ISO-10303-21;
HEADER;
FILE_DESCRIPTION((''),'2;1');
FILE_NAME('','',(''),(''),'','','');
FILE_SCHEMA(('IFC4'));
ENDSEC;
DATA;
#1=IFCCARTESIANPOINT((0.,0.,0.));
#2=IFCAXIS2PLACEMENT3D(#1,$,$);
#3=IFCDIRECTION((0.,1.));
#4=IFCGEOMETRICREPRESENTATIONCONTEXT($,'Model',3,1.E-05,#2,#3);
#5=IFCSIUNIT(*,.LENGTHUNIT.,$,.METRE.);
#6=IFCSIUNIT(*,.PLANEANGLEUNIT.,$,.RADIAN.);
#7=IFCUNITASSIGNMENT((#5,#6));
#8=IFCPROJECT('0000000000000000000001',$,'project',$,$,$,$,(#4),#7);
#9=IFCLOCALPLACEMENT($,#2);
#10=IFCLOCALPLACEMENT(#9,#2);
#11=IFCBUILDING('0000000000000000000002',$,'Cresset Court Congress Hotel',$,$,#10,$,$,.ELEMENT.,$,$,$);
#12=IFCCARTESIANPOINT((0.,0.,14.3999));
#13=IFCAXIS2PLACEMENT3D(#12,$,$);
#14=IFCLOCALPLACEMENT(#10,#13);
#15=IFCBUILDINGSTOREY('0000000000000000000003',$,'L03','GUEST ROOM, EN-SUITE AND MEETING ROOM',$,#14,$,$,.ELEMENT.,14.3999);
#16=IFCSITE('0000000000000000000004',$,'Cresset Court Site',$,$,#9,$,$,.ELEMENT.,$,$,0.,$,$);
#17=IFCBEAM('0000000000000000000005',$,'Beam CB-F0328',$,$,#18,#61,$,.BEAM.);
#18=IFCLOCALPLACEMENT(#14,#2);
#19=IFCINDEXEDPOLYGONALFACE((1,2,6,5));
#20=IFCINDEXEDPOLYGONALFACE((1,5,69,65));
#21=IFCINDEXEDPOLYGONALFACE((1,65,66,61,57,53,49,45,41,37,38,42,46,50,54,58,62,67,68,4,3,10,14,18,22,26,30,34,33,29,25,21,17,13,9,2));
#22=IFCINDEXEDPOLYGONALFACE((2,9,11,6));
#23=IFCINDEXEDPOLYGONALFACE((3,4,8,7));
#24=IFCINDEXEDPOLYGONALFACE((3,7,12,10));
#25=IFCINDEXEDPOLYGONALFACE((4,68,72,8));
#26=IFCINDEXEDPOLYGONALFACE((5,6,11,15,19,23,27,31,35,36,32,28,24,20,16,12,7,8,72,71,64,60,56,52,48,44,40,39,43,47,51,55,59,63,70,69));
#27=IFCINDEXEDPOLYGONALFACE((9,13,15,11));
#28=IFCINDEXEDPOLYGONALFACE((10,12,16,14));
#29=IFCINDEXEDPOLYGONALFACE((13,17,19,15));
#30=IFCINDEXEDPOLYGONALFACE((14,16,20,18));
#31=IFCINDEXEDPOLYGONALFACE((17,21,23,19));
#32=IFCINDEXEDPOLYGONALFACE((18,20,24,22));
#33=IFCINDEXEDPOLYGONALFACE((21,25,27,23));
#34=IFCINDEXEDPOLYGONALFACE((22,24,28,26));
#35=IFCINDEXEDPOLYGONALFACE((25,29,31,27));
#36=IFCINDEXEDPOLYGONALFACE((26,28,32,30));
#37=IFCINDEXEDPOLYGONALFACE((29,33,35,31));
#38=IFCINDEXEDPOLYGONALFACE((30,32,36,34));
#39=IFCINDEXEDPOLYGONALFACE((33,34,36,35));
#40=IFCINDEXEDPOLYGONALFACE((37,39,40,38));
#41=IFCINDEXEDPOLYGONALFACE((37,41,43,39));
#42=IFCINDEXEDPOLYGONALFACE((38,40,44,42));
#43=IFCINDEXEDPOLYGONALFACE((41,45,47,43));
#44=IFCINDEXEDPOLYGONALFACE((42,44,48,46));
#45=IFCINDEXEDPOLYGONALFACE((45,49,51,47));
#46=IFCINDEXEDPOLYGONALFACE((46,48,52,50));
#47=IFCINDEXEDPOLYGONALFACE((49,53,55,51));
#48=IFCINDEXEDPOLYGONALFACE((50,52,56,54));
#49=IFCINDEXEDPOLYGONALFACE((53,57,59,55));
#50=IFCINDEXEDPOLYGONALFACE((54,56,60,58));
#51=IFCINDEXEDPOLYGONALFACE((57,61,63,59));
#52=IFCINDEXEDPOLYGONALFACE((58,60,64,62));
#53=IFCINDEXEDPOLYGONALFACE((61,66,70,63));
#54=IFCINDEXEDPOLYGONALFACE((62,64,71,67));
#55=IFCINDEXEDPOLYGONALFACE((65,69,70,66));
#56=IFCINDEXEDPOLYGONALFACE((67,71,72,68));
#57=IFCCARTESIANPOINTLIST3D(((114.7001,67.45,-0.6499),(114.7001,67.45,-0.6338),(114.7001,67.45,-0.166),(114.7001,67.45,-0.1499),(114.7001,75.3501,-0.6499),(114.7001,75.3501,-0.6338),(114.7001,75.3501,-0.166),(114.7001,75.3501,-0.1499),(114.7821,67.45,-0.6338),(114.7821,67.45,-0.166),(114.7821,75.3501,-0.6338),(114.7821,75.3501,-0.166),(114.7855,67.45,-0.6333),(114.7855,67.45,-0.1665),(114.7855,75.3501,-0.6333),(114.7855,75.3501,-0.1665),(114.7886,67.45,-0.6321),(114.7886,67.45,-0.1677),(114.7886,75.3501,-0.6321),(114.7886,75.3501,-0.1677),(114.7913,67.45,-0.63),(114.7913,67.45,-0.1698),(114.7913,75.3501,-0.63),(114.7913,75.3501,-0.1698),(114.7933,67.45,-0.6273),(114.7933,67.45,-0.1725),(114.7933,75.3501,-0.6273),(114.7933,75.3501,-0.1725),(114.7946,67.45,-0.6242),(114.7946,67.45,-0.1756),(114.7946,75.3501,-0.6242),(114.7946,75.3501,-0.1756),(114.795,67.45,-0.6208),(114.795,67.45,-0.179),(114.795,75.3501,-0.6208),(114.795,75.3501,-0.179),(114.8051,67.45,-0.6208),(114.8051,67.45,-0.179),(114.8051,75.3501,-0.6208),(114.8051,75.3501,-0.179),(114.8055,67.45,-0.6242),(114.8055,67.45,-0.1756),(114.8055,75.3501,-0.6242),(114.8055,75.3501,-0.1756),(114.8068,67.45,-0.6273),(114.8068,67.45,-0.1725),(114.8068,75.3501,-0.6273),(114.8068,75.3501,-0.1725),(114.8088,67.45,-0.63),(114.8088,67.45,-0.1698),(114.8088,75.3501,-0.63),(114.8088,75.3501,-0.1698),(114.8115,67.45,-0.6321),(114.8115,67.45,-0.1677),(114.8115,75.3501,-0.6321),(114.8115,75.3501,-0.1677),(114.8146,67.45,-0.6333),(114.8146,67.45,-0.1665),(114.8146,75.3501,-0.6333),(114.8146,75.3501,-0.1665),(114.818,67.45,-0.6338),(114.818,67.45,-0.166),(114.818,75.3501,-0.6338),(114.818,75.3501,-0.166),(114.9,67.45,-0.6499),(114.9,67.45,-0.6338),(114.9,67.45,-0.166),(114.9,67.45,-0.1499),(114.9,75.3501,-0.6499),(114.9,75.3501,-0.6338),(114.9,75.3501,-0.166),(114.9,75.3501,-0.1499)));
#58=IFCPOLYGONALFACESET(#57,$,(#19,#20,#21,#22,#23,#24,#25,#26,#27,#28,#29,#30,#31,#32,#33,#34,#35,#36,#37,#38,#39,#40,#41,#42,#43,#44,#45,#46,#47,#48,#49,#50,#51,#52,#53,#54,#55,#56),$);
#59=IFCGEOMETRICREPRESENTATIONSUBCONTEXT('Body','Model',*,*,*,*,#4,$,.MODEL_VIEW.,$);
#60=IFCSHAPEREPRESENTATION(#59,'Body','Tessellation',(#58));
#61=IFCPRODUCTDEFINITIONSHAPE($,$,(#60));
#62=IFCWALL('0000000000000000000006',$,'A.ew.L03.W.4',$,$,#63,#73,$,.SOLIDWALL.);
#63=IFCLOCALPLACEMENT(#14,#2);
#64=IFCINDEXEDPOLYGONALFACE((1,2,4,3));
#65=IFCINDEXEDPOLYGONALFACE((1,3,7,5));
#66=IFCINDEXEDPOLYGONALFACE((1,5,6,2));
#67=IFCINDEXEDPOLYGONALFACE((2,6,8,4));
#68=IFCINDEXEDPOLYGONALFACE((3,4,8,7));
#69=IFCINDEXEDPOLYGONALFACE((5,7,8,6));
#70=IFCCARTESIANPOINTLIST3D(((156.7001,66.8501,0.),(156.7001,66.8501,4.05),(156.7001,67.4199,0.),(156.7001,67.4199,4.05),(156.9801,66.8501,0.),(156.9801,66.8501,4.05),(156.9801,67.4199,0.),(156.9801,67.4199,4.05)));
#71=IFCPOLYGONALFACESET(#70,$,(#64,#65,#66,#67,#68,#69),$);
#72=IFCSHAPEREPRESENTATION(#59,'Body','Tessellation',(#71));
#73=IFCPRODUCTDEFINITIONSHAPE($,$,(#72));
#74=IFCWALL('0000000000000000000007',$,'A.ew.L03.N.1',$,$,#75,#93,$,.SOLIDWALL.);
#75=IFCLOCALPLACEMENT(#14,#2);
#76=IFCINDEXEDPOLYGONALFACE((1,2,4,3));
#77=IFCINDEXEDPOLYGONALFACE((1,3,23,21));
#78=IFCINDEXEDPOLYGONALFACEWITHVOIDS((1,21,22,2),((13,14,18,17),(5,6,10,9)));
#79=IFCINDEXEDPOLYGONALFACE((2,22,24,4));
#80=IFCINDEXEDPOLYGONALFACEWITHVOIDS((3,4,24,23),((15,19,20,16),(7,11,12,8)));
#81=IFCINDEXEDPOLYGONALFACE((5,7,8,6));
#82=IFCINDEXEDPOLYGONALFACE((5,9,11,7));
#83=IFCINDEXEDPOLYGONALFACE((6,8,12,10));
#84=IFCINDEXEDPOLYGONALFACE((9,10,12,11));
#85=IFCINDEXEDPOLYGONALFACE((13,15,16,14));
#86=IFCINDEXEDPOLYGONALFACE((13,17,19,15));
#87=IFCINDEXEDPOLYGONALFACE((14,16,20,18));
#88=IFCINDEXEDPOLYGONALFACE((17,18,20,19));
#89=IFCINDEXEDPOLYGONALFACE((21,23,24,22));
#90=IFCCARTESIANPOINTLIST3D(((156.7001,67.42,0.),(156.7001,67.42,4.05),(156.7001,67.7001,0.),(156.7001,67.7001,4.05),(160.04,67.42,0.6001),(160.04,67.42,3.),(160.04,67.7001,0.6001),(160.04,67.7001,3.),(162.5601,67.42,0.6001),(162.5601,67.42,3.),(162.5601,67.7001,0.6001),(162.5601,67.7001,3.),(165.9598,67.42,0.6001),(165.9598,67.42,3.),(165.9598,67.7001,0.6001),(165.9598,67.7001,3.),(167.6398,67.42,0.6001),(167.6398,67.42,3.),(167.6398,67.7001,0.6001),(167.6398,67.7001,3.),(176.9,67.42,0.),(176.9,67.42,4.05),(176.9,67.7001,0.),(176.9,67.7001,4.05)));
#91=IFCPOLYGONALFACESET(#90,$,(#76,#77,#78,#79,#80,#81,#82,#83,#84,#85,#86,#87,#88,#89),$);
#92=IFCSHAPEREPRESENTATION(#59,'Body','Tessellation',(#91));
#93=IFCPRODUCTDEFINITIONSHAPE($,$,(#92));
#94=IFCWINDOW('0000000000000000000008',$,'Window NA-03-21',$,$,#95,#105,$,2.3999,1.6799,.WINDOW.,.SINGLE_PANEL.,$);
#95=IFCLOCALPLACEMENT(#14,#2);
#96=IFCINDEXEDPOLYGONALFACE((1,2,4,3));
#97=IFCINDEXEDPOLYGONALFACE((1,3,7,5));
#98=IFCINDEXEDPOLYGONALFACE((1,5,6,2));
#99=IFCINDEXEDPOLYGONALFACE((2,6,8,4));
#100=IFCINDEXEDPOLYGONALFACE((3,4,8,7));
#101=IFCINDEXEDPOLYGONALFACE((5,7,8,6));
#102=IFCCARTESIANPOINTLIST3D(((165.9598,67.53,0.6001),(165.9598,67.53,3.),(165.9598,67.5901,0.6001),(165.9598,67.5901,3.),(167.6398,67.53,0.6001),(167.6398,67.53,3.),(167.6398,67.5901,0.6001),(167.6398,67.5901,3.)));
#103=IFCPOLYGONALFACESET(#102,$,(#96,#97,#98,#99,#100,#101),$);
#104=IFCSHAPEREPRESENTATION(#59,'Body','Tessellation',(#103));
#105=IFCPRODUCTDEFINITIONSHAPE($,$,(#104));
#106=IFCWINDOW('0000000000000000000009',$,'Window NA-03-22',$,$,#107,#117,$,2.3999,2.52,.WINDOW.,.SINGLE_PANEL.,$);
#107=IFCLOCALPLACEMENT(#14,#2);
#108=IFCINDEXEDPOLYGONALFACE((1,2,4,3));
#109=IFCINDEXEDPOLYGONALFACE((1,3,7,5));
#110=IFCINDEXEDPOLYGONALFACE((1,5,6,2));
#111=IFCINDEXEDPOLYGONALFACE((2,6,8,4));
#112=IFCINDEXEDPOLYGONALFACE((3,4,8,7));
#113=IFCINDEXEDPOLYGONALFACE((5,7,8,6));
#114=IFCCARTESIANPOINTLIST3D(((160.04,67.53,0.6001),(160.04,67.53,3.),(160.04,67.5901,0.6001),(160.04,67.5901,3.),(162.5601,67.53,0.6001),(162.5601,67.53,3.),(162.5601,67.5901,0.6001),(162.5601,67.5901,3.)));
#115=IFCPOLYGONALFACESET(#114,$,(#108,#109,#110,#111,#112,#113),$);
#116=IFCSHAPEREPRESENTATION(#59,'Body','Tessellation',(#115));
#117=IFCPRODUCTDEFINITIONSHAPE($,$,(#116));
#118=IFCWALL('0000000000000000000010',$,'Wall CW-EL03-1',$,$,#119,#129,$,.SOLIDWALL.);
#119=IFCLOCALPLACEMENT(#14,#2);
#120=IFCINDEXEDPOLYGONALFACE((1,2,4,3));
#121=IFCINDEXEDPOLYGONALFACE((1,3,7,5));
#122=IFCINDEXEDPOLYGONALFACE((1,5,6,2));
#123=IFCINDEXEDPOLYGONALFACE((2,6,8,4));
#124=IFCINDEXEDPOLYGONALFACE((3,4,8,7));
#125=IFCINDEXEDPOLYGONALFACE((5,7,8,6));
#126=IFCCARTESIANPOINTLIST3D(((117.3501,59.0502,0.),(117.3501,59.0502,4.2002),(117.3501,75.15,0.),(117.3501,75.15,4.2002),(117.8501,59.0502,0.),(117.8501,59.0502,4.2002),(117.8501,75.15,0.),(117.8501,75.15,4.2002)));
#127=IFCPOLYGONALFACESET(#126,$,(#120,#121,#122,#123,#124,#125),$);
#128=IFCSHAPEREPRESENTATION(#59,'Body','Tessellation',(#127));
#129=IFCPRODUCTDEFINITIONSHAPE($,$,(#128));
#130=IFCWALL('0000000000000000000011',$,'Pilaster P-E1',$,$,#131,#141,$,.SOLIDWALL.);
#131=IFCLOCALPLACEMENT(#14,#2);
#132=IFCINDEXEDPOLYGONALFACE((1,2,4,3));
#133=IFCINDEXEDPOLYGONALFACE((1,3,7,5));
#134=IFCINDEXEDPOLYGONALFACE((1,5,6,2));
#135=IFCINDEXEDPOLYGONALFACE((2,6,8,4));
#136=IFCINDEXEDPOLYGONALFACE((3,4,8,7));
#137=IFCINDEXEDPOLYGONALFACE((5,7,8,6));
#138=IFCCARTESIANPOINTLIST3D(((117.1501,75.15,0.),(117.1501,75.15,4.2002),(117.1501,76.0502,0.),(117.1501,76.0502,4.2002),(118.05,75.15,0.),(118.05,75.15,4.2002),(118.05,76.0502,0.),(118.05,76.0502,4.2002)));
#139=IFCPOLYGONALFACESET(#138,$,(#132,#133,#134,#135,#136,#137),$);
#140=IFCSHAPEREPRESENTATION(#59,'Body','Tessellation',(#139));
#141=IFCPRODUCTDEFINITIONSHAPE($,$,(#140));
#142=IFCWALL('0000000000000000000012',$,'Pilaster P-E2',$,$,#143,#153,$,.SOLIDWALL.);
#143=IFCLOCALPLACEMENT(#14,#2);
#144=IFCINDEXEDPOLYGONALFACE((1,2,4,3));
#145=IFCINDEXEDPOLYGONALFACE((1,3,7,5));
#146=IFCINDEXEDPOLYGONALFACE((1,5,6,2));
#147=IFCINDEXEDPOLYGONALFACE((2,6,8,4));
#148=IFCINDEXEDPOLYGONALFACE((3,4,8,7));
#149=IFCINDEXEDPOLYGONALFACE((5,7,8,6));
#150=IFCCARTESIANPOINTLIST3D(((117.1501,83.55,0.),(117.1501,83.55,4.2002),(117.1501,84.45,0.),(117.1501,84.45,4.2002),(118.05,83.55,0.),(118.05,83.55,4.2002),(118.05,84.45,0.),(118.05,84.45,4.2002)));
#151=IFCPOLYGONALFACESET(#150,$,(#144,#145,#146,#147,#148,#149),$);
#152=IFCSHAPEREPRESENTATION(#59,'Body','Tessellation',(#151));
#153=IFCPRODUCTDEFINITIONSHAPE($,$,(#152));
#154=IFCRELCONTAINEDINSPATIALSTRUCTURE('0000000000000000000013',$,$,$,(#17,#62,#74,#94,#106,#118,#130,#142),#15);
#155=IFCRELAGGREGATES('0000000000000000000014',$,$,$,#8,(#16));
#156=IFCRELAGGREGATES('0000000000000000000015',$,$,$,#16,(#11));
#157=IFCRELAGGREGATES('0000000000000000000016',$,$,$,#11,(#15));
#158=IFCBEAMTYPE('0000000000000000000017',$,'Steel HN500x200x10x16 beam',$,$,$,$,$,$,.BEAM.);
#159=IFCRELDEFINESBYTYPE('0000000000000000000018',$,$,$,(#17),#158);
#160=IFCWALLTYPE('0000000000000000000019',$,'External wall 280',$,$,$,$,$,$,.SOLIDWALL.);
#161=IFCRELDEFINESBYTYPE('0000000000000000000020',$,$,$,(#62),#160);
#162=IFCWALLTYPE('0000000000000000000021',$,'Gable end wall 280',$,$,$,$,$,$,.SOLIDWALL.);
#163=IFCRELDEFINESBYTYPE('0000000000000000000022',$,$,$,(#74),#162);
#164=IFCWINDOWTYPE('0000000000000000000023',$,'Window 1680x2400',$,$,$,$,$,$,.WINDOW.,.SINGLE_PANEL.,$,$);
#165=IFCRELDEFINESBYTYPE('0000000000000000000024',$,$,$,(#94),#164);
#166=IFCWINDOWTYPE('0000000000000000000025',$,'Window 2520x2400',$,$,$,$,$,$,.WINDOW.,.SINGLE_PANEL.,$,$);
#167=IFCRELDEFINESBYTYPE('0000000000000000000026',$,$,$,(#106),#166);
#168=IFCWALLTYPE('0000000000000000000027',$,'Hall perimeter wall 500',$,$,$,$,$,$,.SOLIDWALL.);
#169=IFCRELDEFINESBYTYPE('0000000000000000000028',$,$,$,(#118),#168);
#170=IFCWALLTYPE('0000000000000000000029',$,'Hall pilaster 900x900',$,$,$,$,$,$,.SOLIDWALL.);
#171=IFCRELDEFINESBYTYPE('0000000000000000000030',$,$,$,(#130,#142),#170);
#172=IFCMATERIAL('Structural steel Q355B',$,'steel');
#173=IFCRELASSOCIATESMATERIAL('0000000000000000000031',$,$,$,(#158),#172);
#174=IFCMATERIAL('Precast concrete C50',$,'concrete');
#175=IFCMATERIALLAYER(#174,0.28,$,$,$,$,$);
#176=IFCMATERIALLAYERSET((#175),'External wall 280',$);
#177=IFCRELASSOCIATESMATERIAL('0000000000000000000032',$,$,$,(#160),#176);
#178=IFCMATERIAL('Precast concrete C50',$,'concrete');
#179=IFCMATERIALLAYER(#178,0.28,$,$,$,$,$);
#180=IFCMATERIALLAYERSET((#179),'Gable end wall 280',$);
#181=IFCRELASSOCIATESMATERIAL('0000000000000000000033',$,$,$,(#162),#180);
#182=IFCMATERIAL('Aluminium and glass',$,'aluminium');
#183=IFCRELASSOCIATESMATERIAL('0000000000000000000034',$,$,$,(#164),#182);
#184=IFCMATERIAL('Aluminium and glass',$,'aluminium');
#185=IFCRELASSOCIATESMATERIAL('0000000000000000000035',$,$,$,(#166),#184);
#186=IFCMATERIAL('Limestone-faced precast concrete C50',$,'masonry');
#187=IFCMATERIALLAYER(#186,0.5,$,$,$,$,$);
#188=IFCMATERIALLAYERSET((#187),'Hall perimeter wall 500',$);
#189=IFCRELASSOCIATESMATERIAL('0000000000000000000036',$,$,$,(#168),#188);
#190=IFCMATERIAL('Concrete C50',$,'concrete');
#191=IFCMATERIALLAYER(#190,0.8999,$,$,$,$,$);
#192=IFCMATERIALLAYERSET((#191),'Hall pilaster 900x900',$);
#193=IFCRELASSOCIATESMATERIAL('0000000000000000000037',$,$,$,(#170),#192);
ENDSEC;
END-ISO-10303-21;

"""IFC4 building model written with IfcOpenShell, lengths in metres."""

from ifc_helpers import new_model, si_unit, direction, frame, frame_2d, origin, origin_2d, place, context, subcontext, project, spatial, rectangle, i_section, extrude, material, layer, layer_set, material_profile, profile_set, type_object, element, fill, save


model = new_model("IFC4")

# Units and contexts
model_context = context("Model", 3, precision=1e-05, world=origin(), true_north=direction((0.0, 1.0)))
body_context = subcontext(model_context, "Body", "Model", "MODEL_VIEW")
ifc_project = project(units=[si_unit("LENGTHUNIT", "METRE"), si_unit("PLANEANGLEUNIT", "RADIAN")], contexts=[model_context])

# Site, building, storey
site_placement = place(None, origin())
site = spatial("IfcSite", under=ifc_project, at=site_placement, Name="Cresset Court Site", CompositionType="ELEMENT", RefElevation=0.0)
building_placement = place(site_placement, origin())
building = spatial("IfcBuilding", under=site, at=building_placement, Name="Cresset Court Congress Hotel", CompositionType="ELEMENT")
storey_placement = place(building_placement, frame((0.0, 0.0, 14.3999)))
storey = spatial("IfcBuildingStorey", under=building, at=storey_placement, Name="L03", Description="GUEST ROOM, EN-SUITE AND MEETING ROOM", CompositionType="ELEMENT", Elevation=14.3999)

# Beam
ifc_material_1 = material(Name="Structural steel Q355B", Category="steel")
ifc_material_profile = material_profile(ifc_material_1, i_section(OverallWidth=0.2, OverallDepth=0.5, WebThickness=0.01, FlangeThickness=0.0161, FilletRadius=0.0129, at=origin_2d()), Name="HN500x200x10x16")
ifc_profile_set = profile_set([ifc_material_profile], Name="Structural steel Q355B")
beam_type = type_object("IfcBeamType", Name="Steel HN500x200x10x16 beam", PredefinedType="BEAM", material=ifc_profile_set)
beam_placement = place(storey_placement, frame((114.8, 67.45, -0.3999), z_axis=(0.0, 1.0, 0.0), x_axis=(-1.0, 0.0, 0.0)))
element("IfcBeam", 1, at=beam_placement, inside=storey, type_object=beam_type, Name="Beam CB-F0328", PredefinedType="BEAM", context=body_context, shape_type="SweptSolid", body=[
    extrude(i_section(OverallWidth=0.2, OverallDepth=0.5, WebThickness=0.01, FlangeThickness=0.0161, FilletRadius=0.0129, at=origin_2d()), origin(), (0.0, 0.0, 1.0), 7.9001),
])

# Wall
ifc_material_2 = material(Name="Precast concrete C50", Category="concrete")
ifc_layer_1 = layer(ifc_material_2, 0.28)
ifc_layer_set_1 = layer_set([ifc_layer_1], Name="External wall 280")
wall_type_1 = type_object("IfcWallType", Name="External wall 280", PredefinedType="SOLIDWALL", material=ifc_layer_set_1)
wall_1_placement = place(storey_placement, frame((156.8401, 66.8501, 0.0), z_axis=(0.0, 0.0, 1.0), x_axis=(0.0, 1.0, 0.0)))
element("IfcWall", 2, at=wall_1_placement, inside=storey, type_object=wall_type_1, Name="A.ew.L03.W.4", PredefinedType="SOLIDWALL", context=body_context, shape_type="SweptSolid", body=[
    extrude(rectangle(XDim=0.5698, YDim=0.28, at=frame_2d((0.2849, 0.0))), origin(), (0.0, 0.0, 1.0), 4.05),
])

# Wall, openings, windows
ifc_material_3 = material(Name="Precast concrete C50", Category="concrete")
ifc_layer_2 = layer(ifc_material_3, 0.28)
ifc_layer_set_2 = layer_set([ifc_layer_2], Name="Gable end wall 280")
wall_type_2 = type_object("IfcWallType", Name="Gable end wall 280", PredefinedType="SOLIDWALL", material=ifc_layer_set_2)
wall_2_placement = place(storey_placement, frame((156.7, 67.5601, 0.0), z_axis=(0.0, 0.0, 1.0), x_axis=(1.0, 0.0, 0.0)))
wall_2 = element("IfcWall", 3, at=wall_2_placement, inside=storey, type_object=wall_type_2, Name="A.ew.L03.N.1", PredefinedType="SOLIDWALL", context=body_context, shape_type="SweptSolid", body=[
    extrude(rectangle(XDim=20.2, YDim=0.28, at=frame_2d((10.1001, 0.0))), origin(), (0.0, 0.0, 1.0), 4.05),
])
opening_1_placement = place(wall_2_placement, frame((9.26, 0.0, 0.6001)))
opening_1 = element("IfcOpeningElement", 4, at=opening_1_placement, cuts=wall_2, PredefinedType="OPENING", context=body_context, shape_type="SweptSolid", body=[
    extrude(rectangle(XDim=1.6799, YDim=2.3999, at=frame_2d((0.8398, 1.2))), frame((0.0, 0.1499, 0.0), z_axis=(0.0, -1.0, 0.0), x_axis=(1.0, 0.0, 0.0)), (0.0, 0.0, 1.0), 0.3),
])
opening_2_placement = place(wall_2_placement, frame((3.3401, 0.0, 0.6001)))
opening_2 = element("IfcOpeningElement", 5, at=opening_2_placement, cuts=wall_2, PredefinedType="OPENING", context=body_context, shape_type="SweptSolid", body=[
    extrude(rectangle(XDim=2.52, YDim=2.3999, at=frame_2d((1.26, 1.2))), frame((0.0, 0.1499, 0.0), z_axis=(0.0, -1.0, 0.0), x_axis=(1.0, 0.0, 0.0)), (0.0, 0.0, 1.0), 0.3),
])
ifc_material_4 = material(Name="Aluminium and glass", Category="aluminium")
window_type_1 = type_object("IfcWindowType", Name="Window 1680x2400", PartitioningType="SINGLE_PANEL", PredefinedType="WINDOW", material=ifc_material_4)
window_1_placement = place(opening_1_placement, origin())
window_1 = element("IfcWindow", 6, at=window_1_placement, inside=storey, type_object=window_type_1, Name="Window NA-03-21", OverallHeight=2.3999, OverallWidth=1.6799, PartitioningType="SINGLE_PANEL", PredefinedType="WINDOW", context=body_context, shape_type="SweptSolid", body=[
    extrude(rectangle(XDim=1.6799, YDim=2.3999, at=frame_2d((0.8398, 1.2))), frame((0.0, 0.03, 0.0), z_axis=(0.0, -1.0, 0.0), x_axis=(1.0, 0.0, 0.0)), (0.0, 0.0, 1.0), 0.0601),
])
fill(opening_1, window_1)
ifc_material_5 = material(Name="Aluminium and glass", Category="aluminium")
window_type_2 = type_object("IfcWindowType", Name="Window 2520x2400", PartitioningType="SINGLE_PANEL", PredefinedType="WINDOW", material=ifc_material_5)
window_2_placement = place(opening_2_placement, origin())
window_2 = element("IfcWindow", 7, at=window_2_placement, inside=storey, type_object=window_type_2, Name="Window NA-03-22", OverallHeight=2.3999, OverallWidth=2.52, PartitioningType="SINGLE_PANEL", PredefinedType="WINDOW", context=body_context, shape_type="SweptSolid", body=[
    extrude(rectangle(XDim=2.52, YDim=2.3999, at=frame_2d((1.26, 1.2))), frame((0.0, 0.03, 0.0), z_axis=(0.0, -1.0, 0.0), x_axis=(1.0, 0.0, 0.0)), (0.0, 0.0, 1.0), 0.0601),
])
fill(opening_2, window_2)

# Walls
ifc_material_6 = material(Name="Limestone-faced precast concrete C50", Category="masonry")
ifc_layer_3 = layer(ifc_material_6, 0.5)
ifc_layer_set_3 = layer_set([ifc_layer_3], Name="Hall perimeter wall 500")
wall_type_3 = type_object("IfcWallType", Name="Hall perimeter wall 500", PredefinedType="SOLIDWALL", material=ifc_layer_set_3)
wall_3_placement = place(storey_placement, frame((117.6001, 75.1499, 0.0), z_axis=(0.0, 0.0, 1.0), x_axis=(0.0, -1.0, 0.0)))
element("IfcWall", 8, at=wall_3_placement, inside=storey, type_object=wall_type_3, Name="Wall CW-EL03-1", PredefinedType="SOLIDWALL", context=body_context, shape_type="SweptSolid", body=[
    extrude(rectangle(XDim=16.0999, YDim=0.5, at=frame_2d((8.0498, 0.0))), origin(), (0.0, 0.0, 1.0), 4.2002),
])
ifc_material_7 = material(Name="Concrete C50", Category="concrete")
ifc_layer_4 = layer(ifc_material_7, 0.8999)
ifc_layer_set_4 = layer_set([ifc_layer_4], Name="Hall pilaster 900x900")
wall_type_4 = type_object("IfcWallType", Name="Hall pilaster 900x900", PredefinedType="SOLIDWALL", material=ifc_layer_set_4)
wall_4_placement = place(storey_placement, frame((117.6001, 75.1499, 0.0), z_axis=(0.0, 0.0, 1.0), x_axis=(0.0, 1.0, 0.0)))
element("IfcWall", 9, at=wall_4_placement, inside=storey, type_object=wall_type_4, Name="Pilaster P-E1", PredefinedType="SOLIDWALL", context=body_context, shape_type="SweptSolid", body=[
    extrude(rectangle(XDim=0.9001, YDim=0.8999, at=frame_2d((0.4502, 0.0))), origin(), (0.0, 0.0, 1.0), 4.2002),
])
wall_5_placement = place(storey_placement, frame((117.6001, 83.55, 0.0), z_axis=(0.0, 0.0, 1.0), x_axis=(0.0, 1.0, 0.0)))
element("IfcWall", 10, at=wall_5_placement, inside=storey, type_object=wall_type_4, Name="Pilaster P-E2", PredefinedType="SOLIDWALL", context=body_context, shape_type="SweptSolid", body=[
    extrude(rectangle(XDim=0.8999, YDim=0.8999, at=frame_2d((0.45, 0.0))), origin(), (0.0, 0.0, 1.0), 4.2002),
])

save(model, "model.ifc")
